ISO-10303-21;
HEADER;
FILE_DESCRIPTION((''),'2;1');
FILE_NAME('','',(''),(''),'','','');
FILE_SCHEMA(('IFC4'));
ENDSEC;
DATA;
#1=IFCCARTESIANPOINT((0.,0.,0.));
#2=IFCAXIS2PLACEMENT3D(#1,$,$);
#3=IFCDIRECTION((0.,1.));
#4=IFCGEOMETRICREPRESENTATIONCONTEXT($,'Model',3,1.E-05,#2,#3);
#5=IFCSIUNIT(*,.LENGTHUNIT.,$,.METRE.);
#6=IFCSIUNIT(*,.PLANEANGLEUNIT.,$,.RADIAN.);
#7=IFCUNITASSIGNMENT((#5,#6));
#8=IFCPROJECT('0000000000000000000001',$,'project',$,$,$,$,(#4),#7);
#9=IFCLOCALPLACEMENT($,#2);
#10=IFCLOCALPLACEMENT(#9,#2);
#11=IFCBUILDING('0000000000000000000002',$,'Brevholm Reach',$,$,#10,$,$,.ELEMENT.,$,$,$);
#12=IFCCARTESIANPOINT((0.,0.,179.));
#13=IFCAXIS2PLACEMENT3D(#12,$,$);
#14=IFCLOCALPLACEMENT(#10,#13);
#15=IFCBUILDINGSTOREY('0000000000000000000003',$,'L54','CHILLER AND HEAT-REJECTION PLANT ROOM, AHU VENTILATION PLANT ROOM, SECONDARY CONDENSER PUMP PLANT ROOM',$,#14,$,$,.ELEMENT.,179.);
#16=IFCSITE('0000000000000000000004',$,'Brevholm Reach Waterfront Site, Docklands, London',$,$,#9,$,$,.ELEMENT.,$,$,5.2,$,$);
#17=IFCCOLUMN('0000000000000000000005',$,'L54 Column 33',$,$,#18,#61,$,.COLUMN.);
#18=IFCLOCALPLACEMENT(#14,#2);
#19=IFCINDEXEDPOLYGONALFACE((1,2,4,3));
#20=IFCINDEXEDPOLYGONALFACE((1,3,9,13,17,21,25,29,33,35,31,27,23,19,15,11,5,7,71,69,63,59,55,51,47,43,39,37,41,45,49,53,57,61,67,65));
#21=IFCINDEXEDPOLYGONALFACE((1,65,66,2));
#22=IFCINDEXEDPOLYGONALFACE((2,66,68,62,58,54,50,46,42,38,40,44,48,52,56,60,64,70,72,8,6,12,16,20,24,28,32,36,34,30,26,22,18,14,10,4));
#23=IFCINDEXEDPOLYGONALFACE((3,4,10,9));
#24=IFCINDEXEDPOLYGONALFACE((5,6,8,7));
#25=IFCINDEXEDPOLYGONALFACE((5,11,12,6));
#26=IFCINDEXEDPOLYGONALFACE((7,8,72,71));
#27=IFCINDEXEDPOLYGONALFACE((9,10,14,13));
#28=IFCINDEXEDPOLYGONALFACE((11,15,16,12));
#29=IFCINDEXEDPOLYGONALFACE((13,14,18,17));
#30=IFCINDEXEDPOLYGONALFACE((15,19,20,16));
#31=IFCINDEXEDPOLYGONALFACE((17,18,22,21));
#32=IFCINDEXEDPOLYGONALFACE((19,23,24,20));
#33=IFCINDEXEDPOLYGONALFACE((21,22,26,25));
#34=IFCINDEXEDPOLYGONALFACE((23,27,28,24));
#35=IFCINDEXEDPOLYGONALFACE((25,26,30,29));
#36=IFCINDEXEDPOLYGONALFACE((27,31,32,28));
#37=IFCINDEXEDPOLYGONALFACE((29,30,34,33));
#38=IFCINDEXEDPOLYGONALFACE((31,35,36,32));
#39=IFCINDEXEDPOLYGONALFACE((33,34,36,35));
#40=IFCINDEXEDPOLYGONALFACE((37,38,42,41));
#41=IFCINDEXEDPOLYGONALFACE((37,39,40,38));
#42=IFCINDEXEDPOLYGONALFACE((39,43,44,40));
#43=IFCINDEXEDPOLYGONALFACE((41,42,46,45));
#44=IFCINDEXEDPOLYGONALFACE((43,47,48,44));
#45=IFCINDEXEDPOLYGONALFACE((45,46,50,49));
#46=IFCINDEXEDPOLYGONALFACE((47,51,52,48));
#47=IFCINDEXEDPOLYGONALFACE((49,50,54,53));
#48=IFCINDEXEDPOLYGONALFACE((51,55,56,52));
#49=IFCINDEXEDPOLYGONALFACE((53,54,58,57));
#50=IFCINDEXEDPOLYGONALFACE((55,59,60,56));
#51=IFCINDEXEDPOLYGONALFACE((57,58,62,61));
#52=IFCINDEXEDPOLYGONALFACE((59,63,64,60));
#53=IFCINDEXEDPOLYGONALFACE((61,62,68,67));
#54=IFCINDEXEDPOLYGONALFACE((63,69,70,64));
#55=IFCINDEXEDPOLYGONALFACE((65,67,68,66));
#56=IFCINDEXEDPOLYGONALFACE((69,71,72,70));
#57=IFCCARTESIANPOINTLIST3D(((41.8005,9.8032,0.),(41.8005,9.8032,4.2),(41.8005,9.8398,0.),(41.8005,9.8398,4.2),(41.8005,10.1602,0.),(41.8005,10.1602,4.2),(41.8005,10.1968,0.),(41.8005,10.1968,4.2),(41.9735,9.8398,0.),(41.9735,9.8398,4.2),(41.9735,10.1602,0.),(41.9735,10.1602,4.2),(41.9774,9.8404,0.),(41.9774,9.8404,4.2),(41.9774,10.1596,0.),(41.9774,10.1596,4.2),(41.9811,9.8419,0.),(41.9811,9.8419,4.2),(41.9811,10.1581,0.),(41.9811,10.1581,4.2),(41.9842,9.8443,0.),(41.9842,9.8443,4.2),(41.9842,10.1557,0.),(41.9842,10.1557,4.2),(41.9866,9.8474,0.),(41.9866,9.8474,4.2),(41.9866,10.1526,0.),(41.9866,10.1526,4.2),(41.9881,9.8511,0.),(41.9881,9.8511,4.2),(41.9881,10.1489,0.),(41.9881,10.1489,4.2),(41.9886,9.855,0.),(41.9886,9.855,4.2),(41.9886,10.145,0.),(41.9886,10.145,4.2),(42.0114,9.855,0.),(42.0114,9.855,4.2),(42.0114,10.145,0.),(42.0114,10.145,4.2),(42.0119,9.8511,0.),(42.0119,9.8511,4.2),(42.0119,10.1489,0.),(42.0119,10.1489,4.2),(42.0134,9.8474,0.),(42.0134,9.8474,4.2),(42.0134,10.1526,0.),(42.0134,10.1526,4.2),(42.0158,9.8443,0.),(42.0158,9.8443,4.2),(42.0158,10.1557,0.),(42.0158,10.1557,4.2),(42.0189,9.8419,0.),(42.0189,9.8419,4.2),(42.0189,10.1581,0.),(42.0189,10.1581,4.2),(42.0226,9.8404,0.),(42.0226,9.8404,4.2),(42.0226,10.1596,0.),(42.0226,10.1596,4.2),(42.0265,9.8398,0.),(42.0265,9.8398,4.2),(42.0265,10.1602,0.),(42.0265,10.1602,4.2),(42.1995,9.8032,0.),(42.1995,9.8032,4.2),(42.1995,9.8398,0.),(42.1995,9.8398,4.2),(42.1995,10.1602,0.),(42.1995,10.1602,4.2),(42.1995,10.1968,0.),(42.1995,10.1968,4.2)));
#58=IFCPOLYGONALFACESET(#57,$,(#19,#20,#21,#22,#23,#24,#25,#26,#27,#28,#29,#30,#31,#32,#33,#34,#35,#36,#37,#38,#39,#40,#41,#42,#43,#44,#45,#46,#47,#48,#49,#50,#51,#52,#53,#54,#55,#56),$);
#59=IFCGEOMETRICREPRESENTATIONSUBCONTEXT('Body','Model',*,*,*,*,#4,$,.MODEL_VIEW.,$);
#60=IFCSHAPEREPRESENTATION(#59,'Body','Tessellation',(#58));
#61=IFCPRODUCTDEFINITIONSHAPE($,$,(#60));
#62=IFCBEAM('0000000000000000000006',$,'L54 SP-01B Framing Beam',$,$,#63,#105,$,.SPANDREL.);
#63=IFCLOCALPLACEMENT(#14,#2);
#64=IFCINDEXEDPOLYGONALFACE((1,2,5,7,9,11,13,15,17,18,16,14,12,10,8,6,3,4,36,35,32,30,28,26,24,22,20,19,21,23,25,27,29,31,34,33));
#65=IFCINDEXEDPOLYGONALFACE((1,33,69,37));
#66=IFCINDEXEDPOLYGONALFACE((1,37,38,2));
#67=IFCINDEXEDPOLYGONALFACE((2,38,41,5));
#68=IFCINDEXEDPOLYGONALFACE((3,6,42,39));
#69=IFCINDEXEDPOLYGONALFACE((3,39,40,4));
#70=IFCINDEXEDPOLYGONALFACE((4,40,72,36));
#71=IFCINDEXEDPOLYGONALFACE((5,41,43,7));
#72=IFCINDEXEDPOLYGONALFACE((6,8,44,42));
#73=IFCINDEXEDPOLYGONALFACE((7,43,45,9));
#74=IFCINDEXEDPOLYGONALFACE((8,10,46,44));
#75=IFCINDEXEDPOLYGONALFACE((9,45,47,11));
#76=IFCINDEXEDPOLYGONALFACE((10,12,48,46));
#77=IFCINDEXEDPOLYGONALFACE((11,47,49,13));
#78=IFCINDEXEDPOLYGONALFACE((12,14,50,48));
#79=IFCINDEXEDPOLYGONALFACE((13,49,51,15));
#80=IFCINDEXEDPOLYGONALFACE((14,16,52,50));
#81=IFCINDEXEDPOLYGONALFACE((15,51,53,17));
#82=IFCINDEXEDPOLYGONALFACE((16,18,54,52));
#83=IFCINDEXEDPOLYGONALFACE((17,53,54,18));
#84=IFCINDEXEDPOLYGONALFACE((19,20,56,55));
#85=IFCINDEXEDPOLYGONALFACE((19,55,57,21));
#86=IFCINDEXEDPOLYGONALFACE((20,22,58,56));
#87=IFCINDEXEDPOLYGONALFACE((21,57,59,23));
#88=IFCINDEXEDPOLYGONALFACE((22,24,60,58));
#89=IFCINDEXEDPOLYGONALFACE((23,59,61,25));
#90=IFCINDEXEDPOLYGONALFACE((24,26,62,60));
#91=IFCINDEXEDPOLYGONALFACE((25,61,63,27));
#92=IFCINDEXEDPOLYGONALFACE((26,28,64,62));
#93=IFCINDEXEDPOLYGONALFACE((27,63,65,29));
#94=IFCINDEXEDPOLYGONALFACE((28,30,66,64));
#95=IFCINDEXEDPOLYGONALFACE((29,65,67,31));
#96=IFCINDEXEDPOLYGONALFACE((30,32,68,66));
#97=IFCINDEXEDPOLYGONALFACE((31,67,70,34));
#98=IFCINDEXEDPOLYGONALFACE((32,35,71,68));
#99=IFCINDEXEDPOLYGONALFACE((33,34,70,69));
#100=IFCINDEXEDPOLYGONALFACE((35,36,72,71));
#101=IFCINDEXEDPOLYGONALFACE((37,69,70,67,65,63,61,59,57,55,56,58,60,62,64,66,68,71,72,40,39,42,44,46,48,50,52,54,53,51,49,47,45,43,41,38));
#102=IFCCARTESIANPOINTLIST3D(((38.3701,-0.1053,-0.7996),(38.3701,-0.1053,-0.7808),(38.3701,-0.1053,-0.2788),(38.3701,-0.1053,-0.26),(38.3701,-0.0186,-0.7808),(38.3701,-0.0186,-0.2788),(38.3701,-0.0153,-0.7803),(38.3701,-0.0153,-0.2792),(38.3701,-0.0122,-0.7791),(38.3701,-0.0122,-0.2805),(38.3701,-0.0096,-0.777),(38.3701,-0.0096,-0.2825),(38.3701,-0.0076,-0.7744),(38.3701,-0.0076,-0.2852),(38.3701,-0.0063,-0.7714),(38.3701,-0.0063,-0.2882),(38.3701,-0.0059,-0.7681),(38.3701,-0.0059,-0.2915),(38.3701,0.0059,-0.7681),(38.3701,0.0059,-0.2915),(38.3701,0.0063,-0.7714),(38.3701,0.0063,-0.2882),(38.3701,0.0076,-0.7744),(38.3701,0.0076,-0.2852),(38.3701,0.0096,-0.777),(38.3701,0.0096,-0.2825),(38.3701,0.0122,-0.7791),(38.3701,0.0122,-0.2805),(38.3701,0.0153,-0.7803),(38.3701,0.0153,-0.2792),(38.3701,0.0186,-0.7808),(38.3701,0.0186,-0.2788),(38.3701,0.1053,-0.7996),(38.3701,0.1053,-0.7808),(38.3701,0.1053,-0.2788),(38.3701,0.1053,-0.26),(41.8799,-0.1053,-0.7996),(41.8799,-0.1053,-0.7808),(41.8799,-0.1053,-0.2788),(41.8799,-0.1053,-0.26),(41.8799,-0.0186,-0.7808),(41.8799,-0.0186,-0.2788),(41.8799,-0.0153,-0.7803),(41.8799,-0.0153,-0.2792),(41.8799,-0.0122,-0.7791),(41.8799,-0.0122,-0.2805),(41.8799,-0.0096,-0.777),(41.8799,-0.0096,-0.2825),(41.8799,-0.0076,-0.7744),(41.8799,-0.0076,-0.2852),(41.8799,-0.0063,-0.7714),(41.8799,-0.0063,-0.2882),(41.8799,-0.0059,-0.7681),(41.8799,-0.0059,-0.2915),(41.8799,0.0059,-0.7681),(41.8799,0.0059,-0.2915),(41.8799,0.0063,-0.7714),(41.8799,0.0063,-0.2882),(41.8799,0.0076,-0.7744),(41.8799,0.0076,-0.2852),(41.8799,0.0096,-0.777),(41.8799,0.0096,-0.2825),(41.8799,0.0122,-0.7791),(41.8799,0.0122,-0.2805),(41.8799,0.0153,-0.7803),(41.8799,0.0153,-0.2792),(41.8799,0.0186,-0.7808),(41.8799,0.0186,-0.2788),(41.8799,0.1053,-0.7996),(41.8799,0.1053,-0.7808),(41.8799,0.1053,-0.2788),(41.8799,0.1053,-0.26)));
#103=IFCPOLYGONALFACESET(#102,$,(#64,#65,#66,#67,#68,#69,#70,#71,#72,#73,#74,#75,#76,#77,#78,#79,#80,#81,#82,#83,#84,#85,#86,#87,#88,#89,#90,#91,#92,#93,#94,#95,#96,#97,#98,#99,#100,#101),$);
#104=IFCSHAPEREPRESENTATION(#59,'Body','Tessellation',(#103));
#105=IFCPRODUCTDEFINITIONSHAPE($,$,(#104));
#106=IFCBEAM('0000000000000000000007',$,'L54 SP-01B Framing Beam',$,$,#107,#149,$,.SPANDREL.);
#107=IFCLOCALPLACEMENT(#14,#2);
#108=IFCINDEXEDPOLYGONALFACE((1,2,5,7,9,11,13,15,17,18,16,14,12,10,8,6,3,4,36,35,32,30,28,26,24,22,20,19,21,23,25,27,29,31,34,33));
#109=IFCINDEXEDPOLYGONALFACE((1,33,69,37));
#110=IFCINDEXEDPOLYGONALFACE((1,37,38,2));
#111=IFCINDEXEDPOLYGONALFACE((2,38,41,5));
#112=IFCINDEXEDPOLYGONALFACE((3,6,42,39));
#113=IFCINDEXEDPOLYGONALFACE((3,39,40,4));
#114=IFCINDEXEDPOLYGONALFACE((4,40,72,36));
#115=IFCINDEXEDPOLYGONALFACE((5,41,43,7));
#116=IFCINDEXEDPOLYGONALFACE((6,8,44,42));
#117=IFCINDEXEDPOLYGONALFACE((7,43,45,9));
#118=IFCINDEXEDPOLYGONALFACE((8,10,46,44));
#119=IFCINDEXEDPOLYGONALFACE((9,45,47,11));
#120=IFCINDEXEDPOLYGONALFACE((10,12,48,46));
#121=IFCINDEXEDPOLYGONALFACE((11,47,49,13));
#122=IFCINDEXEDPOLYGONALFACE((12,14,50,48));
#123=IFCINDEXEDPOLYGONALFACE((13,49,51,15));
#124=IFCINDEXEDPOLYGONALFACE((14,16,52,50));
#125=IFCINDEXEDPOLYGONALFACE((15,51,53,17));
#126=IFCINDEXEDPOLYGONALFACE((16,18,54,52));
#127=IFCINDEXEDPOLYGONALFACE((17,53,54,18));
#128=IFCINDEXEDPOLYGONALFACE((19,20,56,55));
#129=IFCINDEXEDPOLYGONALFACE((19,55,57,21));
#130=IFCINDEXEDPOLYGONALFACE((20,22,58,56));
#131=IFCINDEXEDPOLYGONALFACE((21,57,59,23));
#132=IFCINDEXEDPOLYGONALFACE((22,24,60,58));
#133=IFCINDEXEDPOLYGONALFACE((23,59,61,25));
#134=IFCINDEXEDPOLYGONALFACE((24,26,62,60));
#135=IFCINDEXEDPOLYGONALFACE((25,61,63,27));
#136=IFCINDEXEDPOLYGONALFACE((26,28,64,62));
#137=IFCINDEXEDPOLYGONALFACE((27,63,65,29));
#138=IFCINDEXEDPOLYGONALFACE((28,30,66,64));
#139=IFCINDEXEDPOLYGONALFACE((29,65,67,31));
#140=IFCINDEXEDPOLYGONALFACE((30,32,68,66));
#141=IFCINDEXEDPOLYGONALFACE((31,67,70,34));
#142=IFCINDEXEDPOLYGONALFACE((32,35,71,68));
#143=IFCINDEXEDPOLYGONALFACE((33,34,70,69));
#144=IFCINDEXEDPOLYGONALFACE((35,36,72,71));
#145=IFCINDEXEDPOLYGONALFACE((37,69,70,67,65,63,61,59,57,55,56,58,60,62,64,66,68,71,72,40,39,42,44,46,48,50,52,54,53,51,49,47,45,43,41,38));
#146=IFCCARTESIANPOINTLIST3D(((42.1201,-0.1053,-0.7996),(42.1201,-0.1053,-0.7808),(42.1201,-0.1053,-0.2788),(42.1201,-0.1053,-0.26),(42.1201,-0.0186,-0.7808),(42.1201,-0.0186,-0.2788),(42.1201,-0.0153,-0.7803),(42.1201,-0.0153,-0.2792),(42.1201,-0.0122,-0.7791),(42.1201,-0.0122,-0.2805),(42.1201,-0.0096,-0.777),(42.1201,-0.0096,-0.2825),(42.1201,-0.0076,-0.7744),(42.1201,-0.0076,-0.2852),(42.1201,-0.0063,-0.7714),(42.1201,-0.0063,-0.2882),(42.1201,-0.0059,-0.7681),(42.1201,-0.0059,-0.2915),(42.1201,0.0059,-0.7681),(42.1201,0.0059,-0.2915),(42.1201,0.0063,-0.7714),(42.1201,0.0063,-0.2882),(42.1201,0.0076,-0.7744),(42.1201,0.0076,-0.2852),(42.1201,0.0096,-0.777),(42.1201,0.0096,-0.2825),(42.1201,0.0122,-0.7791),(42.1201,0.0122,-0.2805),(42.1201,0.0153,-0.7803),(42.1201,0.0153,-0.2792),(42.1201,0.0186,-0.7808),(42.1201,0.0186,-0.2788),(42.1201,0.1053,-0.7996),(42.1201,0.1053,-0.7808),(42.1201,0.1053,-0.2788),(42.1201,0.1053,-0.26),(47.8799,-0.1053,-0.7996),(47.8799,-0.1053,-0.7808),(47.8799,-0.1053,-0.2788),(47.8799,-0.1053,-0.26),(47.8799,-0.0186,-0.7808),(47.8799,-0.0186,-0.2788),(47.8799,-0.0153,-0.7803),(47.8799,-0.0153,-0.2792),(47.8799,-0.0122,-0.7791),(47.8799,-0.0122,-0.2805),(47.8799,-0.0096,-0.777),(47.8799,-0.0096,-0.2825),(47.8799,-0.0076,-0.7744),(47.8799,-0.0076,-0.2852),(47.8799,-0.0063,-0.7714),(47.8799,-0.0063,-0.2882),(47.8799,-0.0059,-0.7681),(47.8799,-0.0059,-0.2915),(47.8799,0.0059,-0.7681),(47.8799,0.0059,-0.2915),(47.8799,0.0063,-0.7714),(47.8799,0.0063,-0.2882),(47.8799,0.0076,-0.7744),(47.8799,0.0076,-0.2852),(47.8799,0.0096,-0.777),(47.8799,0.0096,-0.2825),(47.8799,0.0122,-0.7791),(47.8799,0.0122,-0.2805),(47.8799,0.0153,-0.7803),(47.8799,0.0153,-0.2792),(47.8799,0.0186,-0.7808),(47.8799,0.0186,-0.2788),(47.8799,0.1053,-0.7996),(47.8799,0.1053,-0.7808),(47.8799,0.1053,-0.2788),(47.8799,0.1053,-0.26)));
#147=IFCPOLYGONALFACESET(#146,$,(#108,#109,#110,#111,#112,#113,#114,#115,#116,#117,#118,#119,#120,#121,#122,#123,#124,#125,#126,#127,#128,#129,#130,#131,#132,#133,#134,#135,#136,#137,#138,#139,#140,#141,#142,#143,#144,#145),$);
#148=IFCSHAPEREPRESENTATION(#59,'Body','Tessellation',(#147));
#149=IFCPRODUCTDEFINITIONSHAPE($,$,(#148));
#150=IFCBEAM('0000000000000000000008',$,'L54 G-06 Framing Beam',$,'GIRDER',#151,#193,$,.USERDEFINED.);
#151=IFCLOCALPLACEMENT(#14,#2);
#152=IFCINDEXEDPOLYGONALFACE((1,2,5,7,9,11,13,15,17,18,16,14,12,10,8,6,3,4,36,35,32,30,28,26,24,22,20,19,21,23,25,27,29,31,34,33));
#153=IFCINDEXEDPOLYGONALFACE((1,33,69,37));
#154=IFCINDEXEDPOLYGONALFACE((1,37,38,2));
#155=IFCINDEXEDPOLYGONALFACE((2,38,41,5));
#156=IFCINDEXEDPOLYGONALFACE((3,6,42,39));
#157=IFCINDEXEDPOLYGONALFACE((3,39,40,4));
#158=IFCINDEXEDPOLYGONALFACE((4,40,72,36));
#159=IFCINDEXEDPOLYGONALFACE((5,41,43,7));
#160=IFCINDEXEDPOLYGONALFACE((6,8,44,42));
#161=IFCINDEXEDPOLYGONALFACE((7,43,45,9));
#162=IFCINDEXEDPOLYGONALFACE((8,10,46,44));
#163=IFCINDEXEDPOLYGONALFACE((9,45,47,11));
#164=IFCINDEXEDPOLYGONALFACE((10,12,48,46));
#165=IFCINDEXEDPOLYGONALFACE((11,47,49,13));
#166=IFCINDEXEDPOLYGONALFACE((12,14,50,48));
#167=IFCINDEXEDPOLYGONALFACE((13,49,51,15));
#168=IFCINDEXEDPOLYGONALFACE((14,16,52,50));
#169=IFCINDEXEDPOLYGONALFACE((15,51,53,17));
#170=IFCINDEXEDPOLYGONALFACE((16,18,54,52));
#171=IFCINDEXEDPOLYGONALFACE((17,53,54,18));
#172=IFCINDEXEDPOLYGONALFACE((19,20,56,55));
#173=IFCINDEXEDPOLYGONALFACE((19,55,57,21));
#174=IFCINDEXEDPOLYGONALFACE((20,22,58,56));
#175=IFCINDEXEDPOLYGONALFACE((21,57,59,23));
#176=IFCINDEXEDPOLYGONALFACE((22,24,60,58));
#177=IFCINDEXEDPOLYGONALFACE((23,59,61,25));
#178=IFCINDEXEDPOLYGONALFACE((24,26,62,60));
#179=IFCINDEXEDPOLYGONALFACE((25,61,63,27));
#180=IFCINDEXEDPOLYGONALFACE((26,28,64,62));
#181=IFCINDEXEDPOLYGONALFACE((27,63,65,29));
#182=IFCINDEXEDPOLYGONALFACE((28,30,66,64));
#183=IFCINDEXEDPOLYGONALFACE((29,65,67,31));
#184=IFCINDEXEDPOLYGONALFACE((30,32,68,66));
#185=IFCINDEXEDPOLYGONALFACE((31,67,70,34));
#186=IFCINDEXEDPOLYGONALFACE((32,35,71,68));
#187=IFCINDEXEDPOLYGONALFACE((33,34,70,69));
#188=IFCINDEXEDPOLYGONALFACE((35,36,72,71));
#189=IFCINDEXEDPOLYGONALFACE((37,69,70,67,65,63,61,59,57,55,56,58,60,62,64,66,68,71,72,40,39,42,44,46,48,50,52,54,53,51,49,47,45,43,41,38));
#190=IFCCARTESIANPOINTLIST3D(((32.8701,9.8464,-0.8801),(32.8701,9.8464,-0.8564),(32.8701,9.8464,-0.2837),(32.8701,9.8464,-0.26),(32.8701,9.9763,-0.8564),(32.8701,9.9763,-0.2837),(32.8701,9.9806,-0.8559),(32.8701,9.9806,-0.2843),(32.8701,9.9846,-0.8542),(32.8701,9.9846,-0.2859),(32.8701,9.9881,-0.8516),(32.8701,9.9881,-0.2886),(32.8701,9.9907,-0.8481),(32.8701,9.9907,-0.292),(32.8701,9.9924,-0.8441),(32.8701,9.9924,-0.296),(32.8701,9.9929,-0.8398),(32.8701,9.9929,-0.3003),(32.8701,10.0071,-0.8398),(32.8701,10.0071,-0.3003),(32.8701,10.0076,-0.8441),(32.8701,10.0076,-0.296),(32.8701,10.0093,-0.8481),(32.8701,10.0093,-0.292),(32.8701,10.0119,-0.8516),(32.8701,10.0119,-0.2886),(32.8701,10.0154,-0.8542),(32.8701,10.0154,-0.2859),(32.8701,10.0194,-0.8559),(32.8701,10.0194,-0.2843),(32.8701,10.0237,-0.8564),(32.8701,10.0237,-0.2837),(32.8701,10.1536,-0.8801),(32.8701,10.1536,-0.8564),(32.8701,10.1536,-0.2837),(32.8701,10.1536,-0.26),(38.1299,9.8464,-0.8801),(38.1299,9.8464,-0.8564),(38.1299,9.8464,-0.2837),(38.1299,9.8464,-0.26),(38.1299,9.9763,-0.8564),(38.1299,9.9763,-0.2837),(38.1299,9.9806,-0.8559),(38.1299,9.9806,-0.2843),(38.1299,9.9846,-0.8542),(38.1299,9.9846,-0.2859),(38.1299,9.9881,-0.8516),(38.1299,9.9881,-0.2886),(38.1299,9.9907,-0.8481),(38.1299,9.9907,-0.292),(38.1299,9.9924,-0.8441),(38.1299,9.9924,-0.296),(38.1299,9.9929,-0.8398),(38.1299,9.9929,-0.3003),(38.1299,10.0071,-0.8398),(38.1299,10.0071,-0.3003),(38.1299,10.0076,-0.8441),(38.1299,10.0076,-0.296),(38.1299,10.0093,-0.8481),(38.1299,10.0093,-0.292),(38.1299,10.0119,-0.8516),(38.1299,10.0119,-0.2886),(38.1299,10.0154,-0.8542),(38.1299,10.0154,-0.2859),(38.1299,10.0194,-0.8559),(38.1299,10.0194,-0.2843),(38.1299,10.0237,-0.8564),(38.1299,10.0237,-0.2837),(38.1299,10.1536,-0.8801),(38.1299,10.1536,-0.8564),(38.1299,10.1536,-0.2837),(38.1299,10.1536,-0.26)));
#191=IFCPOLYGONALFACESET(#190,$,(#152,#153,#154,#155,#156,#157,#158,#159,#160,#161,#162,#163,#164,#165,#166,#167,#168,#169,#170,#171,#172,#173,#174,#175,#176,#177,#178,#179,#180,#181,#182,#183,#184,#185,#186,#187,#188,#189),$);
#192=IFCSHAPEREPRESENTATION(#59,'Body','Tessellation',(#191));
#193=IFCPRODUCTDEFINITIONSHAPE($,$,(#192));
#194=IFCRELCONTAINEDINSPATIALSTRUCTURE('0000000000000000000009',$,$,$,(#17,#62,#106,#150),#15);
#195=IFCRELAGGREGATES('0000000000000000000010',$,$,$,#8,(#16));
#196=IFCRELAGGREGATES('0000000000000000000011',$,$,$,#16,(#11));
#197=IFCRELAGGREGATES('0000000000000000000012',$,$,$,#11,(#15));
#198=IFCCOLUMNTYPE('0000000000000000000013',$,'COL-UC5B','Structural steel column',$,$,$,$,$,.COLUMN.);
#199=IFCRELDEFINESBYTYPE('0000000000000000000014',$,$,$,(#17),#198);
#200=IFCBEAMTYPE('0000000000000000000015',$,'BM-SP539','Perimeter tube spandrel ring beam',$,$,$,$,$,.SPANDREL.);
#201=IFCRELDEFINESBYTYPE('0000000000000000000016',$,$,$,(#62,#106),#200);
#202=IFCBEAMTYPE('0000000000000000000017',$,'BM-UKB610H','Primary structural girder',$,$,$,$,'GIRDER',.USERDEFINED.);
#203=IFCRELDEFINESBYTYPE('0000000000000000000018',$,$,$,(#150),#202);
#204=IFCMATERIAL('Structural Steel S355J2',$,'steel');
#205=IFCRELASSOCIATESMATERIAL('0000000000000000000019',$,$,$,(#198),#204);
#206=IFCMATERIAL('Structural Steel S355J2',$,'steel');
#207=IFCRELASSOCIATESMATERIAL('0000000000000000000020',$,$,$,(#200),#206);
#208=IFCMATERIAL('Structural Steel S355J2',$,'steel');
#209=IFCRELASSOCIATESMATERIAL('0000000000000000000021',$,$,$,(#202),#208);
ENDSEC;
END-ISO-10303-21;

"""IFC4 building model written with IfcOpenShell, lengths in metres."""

from ifc_helpers import new_model, si_unit, direction, frame, origin, origin_2d, place, context, subcontext, project, spatial, i_section, extrude, material, material_profile, profile_set, type_object, element, save


model = new_model("IFC4")

# Units and contexts
model_context = context("Model", 3, precision=1e-05, world=origin(), true_north=direction((0.0, 1.0)))
body_context = subcontext(model_context, "Body", "Model", "MODEL_VIEW")
ifc_project = project(units=[si_unit("LENGTHUNIT", "METRE"), si_unit("PLANEANGLEUNIT", "RADIAN")], contexts=[model_context])

# Site, building, storey
site_placement = place(None, origin())
site = spatial("IfcSite", under=ifc_project, at=site_placement, Name="Brevholm Reach Waterfront Site, Docklands, London", CompositionType="ELEMENT", RefElevation=5.2)
building_placement = place(site_placement, origin())
building = spatial("IfcBuilding", under=site, at=building_placement, Name="Brevholm Reach", CompositionType="ELEMENT")
storey_placement = place(building_placement, frame((0.0, 0.0, 179.0)))
storey = spatial("IfcBuildingStorey", under=building, at=storey_placement, Name="L54", Description="CHILLER AND HEAT-REJECTION PLANT ROOM, AHU VENTILATION PLANT ROOM, SECONDARY CONDENSER PUMP PLANT ROOM", CompositionType="ELEMENT", Elevation=179.0)

# Column
ifc_material_1 = material(Name="Structural Steel S355J2", Category="steel")
ifc_material_profile_1 = material_profile(ifc_material_1, i_section(OverallWidth=0.3989, OverallDepth=0.3936, WebThickness=0.0227, FlangeThickness=0.0366, FilletRadius=0.0151, at=origin_2d()), Name="UKC 356x406x287")
ifc_profile_set_1 = profile_set([ifc_material_profile_1], Name="Structural Steel S355J2")
column_type = type_object("IfcColumnType", Name="COL-UC5B", Description="Structural steel column", PredefinedType="COLUMN", material=ifc_profile_set_1)
for number, where, z_axis, x_axis, name in (
    (1, (42.0, 10.0, 0.0), (0.0, 0.0, 1.0), (1.0, 0.0, 0.0), "L54 Column 33"),
):
    element("IfcColumn", number, at=place(storey_placement, frame(where, z_axis=z_axis, x_axis=x_axis)), inside=storey, type_object=column_type, Name=name, PredefinedType="COLUMN", context=body_context, shape_type="SweptSolid", body=[
        extrude(i_section(OverallWidth=0.3989, OverallDepth=0.3936, WebThickness=0.0227, FlangeThickness=0.0366, FilletRadius=0.0151, at=origin_2d()), origin(), (0.0, 0.0, 1.0), 4.2),
    ])

# Beams
ifc_material_2 = material(Name="Structural Steel S355J2", Category="steel")
ifc_material_profile_2 = material_profile(ifc_material_2, i_section(OverallWidth=0.2107, OverallDepth=0.5396, WebThickness=0.0117, FlangeThickness=0.0188, FilletRadius=0.0127, at=origin_2d()), Name="UKB 533x210x109")
ifc_profile_set_2 = profile_set([ifc_material_profile_2], Name="Structural Steel S355J2")
beam_type_1 = type_object("IfcBeamType", Name="BM-SP539", Description="Perimeter tube spandrel ring beam", PredefinedType="SPANDREL", material=ifc_profile_set_2)
beam_1_placement = place(storey_placement, frame((38.3701, 0.0, -0.5298), z_axis=(1.0, 0.0, 0.0), x_axis=(0.0, 1.0, 0.0)))
element("IfcBeam", 2, at=beam_1_placement, inside=storey, type_object=beam_type_1, Name="L54 SP-01B Framing Beam", PredefinedType="SPANDREL", context=body_context, shape_type="SweptSolid", body=[
    extrude(i_section(OverallWidth=0.2107, OverallDepth=0.5396, WebThickness=0.0117, FlangeThickness=0.0188, FilletRadius=0.0127, at=origin_2d()), origin(), (0.0, 0.0, 1.0), 3.5098),
])
beam_2_placement = place(storey_placement, frame((42.1201, 0.0, -0.5298), z_axis=(1.0, 0.0, 0.0), x_axis=(0.0, 1.0, 0.0)))
element("IfcBeam", 3, at=beam_2_placement, inside=storey, type_object=beam_type_1, Name="L54 SP-01B Framing Beam", PredefinedType="SPANDREL", context=body_context, shape_type="SweptSolid", body=[
    extrude(i_section(OverallWidth=0.2107, OverallDepth=0.5396, WebThickness=0.0117, FlangeThickness=0.0188, FilletRadius=0.0127, at=origin_2d()), origin(), (0.0, 0.0, 1.0), 5.7598),
])
ifc_material_3 = material(Name="Structural Steel S355J2", Category="steel")
ifc_material_profile_3 = material_profile(ifc_material_3, i_section(OverallWidth=0.3071, OverallDepth=0.6201, WebThickness=0.0142, FlangeThickness=0.0237, FilletRadius=0.0166, at=origin_2d()), Name="UKB 610x305x179")
ifc_profile_set_3 = profile_set([ifc_material_profile_3], Name="Structural Steel S355J2")
beam_type_2 = type_object("IfcBeamType", Name="BM-UKB610H", Description="Primary structural girder", ElementType="GIRDER", PredefinedType="USERDEFINED", material=ifc_profile_set_3)
beam_3_placement = place(storey_placement, frame((32.8701, 10.0, -0.5701), z_axis=(1.0, 0.0, 0.0), x_axis=(0.0, 1.0, 0.0)))
element("IfcBeam", 4, at=beam_3_placement, inside=storey, type_object=beam_type_2, Name="L54 G-06 Framing Beam", ObjectType="GIRDER", PredefinedType="USERDEFINED", context=body_context, shape_type="SweptSolid", body=[
    extrude(i_section(OverallWidth=0.3071, OverallDepth=0.6201, WebThickness=0.0142, FlangeThickness=0.0237, FilletRadius=0.0166, at=origin_2d()), origin(), (0.0, 0.0, 1.0), 5.2598),
])

save(model, "model.ifc")
